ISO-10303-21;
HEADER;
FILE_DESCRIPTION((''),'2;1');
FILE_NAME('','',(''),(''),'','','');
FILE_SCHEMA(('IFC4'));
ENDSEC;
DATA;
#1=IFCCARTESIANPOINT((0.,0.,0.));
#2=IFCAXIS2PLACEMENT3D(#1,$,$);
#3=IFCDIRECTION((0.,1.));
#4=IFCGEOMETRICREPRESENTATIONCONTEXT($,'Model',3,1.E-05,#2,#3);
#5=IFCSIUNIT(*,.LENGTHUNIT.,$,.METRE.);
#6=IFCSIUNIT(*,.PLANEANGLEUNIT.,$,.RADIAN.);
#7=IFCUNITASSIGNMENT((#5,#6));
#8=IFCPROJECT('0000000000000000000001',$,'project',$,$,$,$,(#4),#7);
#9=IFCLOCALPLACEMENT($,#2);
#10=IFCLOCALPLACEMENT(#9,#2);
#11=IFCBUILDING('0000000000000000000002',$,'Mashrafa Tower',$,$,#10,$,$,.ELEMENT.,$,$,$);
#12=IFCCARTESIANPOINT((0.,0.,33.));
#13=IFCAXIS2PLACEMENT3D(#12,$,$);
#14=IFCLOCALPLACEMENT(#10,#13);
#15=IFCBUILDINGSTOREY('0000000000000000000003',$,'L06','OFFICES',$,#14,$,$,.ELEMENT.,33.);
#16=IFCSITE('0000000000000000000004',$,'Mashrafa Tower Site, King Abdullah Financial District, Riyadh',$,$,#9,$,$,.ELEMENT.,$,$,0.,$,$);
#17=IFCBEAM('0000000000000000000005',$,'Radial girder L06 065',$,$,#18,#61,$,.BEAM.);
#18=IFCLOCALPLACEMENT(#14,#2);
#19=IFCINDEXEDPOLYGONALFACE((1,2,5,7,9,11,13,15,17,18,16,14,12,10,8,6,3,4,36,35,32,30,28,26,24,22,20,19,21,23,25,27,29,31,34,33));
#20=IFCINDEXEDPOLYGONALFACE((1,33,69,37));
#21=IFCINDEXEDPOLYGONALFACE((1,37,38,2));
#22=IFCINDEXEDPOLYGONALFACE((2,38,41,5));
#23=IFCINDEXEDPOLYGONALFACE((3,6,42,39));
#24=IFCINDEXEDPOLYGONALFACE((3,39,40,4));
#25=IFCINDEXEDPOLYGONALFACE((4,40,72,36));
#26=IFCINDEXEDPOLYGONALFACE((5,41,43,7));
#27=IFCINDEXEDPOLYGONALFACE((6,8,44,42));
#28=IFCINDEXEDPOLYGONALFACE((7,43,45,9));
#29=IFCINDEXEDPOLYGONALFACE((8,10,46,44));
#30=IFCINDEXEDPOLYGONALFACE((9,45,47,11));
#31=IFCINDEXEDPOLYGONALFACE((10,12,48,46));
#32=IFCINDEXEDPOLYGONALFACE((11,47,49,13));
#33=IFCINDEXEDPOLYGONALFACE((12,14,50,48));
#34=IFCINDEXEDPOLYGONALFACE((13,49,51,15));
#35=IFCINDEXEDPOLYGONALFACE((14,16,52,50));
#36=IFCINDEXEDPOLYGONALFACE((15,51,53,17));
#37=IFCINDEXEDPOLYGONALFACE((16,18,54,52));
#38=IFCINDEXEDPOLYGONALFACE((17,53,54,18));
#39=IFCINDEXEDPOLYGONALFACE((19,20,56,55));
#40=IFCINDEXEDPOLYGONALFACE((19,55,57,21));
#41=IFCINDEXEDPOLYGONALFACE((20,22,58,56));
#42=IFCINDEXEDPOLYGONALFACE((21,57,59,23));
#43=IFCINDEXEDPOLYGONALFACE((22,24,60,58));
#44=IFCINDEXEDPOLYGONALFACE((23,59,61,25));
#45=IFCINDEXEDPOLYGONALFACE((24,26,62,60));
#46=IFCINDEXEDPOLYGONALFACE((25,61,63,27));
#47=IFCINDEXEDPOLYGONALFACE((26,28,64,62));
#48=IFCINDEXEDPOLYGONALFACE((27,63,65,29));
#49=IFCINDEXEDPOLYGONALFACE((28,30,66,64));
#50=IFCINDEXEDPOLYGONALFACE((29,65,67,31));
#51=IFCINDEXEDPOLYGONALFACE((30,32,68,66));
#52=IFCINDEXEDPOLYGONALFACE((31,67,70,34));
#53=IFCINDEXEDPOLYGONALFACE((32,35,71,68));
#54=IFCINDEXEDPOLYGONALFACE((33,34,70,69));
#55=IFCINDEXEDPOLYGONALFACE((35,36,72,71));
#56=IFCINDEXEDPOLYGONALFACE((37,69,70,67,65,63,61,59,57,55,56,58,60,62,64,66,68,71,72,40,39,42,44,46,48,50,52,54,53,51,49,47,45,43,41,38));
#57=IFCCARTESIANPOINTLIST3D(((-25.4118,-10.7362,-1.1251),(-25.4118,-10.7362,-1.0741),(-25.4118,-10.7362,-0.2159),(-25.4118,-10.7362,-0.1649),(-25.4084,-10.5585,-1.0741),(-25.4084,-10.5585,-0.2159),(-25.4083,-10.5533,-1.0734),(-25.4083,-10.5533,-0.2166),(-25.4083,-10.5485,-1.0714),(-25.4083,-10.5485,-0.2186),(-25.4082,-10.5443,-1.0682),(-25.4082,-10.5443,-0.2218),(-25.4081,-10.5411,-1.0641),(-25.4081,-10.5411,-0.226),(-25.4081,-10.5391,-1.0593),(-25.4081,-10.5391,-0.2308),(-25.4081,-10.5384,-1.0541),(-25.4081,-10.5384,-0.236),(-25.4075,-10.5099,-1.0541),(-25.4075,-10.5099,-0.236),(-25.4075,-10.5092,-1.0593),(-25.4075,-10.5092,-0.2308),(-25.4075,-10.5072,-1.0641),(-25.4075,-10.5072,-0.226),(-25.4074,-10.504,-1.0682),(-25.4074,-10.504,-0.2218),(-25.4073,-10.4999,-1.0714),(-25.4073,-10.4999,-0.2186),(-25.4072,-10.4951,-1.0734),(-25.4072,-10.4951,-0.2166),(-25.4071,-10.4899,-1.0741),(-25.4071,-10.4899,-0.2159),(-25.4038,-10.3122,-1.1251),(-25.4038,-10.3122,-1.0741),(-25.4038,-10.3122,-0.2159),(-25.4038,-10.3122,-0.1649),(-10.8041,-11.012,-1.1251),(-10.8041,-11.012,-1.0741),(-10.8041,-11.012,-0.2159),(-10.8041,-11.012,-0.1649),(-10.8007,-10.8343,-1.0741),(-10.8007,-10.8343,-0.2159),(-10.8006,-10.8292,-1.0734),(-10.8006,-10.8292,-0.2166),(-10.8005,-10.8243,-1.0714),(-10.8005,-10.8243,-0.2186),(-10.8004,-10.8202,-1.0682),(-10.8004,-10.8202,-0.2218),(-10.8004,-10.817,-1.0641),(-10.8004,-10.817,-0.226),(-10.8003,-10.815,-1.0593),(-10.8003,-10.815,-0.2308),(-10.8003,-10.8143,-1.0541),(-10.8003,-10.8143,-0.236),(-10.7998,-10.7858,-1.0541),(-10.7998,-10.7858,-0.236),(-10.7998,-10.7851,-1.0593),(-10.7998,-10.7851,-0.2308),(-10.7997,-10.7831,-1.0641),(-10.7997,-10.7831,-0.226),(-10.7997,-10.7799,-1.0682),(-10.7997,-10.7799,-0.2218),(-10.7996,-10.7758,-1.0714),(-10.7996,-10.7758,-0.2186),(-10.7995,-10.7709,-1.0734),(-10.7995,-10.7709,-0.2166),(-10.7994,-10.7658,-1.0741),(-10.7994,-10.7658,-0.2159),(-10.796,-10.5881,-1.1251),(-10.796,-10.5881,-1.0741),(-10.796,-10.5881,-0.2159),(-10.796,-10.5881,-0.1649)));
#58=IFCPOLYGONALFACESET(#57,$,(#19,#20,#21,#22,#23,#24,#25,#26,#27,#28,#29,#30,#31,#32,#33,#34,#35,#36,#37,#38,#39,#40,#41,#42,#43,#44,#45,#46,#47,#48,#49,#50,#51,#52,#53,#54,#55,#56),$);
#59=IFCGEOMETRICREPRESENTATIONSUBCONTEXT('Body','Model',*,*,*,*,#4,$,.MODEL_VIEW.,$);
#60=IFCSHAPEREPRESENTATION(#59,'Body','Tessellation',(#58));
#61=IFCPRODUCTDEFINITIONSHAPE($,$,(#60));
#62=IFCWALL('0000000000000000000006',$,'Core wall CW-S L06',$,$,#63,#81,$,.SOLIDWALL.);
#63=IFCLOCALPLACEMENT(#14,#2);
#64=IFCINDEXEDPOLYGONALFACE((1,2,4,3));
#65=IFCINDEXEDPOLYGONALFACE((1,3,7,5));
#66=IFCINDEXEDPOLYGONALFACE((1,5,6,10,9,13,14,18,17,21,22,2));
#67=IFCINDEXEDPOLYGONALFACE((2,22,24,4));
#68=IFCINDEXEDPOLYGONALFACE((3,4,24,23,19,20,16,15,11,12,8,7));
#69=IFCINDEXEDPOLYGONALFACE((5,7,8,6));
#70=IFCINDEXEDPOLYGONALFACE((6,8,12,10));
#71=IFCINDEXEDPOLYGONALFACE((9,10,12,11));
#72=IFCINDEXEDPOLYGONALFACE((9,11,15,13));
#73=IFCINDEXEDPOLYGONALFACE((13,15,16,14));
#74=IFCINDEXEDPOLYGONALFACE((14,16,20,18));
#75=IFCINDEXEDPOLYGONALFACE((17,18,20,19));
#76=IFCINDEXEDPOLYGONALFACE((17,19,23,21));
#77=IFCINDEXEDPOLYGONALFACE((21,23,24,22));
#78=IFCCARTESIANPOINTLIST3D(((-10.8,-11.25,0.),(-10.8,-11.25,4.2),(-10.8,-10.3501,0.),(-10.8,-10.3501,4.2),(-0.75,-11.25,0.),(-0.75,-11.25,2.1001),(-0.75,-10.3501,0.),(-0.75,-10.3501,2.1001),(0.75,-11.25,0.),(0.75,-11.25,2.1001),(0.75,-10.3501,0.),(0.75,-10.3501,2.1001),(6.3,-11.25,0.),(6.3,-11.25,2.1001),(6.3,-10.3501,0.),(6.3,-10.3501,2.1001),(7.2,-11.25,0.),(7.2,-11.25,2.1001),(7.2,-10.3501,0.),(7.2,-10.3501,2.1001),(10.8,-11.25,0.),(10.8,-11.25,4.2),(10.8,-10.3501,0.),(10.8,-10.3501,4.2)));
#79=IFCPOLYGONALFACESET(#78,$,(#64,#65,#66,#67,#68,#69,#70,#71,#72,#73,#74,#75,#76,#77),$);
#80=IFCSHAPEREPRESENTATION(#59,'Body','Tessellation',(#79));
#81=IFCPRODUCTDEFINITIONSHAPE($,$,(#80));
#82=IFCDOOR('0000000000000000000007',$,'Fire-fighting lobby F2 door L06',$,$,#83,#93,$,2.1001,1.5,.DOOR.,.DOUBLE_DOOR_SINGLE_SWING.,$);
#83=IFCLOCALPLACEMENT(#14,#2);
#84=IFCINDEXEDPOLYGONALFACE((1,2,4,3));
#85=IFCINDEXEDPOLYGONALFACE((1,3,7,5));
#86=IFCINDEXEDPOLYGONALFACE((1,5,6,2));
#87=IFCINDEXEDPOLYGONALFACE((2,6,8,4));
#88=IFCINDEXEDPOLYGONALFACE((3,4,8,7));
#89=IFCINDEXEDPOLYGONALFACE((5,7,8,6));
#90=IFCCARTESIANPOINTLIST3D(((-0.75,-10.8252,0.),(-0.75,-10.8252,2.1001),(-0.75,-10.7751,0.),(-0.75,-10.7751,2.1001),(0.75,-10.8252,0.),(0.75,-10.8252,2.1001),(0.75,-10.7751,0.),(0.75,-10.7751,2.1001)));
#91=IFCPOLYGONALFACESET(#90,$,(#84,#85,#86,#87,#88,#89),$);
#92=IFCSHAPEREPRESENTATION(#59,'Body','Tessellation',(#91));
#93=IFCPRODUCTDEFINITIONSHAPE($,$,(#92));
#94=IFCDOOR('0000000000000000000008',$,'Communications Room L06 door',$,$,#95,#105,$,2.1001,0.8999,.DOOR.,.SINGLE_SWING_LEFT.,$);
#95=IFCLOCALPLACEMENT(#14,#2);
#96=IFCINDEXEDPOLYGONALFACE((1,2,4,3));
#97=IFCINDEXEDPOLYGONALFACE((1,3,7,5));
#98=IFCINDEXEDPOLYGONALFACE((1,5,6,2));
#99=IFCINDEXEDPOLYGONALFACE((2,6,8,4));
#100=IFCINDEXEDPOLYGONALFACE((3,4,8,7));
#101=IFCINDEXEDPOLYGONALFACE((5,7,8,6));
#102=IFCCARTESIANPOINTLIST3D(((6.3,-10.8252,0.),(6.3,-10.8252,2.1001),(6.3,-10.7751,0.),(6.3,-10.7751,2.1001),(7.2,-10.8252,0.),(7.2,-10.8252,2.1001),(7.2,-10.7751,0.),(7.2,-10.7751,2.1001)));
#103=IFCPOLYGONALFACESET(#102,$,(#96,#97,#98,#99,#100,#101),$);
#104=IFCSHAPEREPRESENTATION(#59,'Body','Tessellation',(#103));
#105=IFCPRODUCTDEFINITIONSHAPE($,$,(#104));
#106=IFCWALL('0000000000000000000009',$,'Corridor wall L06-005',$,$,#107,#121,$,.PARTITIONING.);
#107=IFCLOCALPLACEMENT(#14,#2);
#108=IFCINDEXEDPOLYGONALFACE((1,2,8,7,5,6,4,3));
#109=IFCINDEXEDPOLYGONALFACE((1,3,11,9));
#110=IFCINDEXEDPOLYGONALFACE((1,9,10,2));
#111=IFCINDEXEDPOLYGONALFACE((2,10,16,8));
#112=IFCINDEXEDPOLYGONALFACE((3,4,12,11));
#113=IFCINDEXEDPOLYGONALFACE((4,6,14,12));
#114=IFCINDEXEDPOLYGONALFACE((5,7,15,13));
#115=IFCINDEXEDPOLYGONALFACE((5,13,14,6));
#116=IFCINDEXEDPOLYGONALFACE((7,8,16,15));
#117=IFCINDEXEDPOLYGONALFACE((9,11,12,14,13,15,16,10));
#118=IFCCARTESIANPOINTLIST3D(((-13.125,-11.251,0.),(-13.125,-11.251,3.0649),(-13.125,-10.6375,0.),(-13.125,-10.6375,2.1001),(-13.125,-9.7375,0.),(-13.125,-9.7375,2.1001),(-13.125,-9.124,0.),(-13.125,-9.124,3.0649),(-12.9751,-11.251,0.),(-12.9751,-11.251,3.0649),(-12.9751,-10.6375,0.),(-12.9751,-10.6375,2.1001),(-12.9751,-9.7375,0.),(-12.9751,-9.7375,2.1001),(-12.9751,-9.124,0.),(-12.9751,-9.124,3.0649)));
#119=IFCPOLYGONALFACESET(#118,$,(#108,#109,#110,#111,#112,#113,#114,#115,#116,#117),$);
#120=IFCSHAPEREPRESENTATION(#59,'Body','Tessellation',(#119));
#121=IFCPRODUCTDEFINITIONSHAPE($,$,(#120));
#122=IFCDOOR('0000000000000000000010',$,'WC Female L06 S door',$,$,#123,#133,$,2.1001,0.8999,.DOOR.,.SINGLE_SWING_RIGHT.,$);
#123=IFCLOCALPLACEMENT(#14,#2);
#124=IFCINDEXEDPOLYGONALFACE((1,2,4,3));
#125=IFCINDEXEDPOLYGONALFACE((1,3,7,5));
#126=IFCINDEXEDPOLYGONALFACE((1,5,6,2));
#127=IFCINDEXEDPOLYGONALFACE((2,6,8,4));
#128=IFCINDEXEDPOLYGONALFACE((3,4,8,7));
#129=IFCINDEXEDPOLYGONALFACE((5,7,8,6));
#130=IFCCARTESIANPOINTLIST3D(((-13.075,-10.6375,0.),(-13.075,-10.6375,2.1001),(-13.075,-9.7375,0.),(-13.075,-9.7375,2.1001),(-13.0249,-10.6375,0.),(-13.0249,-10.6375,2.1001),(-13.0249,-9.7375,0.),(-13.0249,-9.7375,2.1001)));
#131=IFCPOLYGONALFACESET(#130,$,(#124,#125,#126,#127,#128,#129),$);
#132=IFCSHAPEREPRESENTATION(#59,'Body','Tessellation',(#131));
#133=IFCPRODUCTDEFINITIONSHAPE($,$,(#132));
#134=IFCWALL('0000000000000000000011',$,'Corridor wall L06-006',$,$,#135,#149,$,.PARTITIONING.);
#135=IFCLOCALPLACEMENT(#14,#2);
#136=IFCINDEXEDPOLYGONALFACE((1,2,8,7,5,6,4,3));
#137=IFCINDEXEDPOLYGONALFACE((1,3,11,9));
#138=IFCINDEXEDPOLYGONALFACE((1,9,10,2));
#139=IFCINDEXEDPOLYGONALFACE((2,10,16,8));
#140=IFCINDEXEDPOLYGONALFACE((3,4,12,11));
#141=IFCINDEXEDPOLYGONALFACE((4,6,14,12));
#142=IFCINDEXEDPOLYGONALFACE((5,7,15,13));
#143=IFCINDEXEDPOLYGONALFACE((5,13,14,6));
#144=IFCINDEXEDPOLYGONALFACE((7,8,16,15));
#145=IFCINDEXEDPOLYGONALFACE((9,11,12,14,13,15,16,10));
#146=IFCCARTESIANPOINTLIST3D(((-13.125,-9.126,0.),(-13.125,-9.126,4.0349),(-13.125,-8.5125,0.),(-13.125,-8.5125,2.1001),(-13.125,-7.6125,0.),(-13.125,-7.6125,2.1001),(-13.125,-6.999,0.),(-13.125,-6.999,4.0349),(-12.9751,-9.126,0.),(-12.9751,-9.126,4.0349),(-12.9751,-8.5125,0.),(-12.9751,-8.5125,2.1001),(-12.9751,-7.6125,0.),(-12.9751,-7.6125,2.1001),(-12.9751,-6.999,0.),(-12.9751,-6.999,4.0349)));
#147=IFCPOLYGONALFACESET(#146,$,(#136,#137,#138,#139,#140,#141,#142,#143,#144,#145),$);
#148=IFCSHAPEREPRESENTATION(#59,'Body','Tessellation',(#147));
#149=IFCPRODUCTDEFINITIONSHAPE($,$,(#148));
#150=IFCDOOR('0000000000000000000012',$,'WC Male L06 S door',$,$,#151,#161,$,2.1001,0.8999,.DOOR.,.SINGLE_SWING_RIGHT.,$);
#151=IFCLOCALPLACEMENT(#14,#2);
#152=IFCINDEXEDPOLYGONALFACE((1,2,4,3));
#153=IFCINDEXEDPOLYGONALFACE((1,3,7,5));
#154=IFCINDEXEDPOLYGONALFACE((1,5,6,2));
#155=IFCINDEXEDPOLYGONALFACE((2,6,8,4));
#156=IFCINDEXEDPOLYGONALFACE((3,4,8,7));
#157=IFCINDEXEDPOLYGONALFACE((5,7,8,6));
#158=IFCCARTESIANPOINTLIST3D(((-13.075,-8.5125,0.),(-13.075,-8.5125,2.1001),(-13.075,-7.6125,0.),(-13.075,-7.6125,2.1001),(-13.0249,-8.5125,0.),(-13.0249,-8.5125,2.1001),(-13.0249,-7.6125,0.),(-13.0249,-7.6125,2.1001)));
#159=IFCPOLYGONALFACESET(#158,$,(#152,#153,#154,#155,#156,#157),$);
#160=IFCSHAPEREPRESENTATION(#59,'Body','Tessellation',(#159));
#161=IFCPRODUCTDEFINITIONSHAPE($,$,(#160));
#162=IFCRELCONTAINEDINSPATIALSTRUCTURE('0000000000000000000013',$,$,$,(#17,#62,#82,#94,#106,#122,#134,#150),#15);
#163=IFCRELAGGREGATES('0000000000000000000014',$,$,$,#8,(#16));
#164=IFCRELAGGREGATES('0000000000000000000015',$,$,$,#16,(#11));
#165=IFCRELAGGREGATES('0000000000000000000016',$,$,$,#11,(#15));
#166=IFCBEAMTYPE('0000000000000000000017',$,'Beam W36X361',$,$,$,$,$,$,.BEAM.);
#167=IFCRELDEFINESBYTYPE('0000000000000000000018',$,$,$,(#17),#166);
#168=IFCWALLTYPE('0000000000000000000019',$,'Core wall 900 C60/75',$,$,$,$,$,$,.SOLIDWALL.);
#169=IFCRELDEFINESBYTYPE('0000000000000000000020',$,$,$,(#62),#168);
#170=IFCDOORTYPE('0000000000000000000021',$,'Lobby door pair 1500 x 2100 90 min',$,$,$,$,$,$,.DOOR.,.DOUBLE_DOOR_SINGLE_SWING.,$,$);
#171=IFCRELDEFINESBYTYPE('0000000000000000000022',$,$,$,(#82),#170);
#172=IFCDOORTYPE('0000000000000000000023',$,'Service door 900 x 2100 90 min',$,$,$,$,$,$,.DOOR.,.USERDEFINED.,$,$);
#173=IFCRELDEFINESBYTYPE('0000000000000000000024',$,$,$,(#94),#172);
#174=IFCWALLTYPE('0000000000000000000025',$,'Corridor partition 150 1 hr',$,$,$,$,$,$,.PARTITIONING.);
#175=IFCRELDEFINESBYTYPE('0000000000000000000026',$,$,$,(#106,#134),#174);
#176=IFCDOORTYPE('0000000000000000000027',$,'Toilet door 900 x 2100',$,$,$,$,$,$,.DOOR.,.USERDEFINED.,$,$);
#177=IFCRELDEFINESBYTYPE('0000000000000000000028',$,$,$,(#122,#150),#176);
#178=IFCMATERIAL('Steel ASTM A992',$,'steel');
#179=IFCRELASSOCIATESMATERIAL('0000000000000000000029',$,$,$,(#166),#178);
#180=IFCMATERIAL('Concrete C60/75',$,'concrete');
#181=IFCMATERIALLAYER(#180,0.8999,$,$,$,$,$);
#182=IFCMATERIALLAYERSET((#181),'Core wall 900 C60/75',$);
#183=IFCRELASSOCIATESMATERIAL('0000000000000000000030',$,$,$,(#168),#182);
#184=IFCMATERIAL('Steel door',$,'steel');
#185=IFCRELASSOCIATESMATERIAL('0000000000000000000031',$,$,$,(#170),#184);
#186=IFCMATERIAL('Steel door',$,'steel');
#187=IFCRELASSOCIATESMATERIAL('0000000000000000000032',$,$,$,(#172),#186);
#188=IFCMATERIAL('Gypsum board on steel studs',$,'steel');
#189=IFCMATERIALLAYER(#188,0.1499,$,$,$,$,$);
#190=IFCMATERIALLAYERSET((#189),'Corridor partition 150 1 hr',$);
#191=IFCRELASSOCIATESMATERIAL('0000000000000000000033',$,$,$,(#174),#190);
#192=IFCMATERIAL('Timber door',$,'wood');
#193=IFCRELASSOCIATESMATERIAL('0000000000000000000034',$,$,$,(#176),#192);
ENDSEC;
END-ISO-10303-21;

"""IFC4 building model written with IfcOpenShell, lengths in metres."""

from ifc_helpers import new_model, si_unit, direction, frame, frame_2d, origin, origin_2d, place, context, subcontext, project, spatial, rectangle, i_section, extrude, material, layer, layer_set, material_profile, profile_set, type_object, element, fill, save


model = new_model("IFC4")

# Units and contexts
model_context = context("Model", 3, precision=1e-05, world=origin(), true_north=direction((0.0, 1.0)))
body_context = subcontext(model_context, "Body", "Model", "MODEL_VIEW")
ifc_project = project(units=[si_unit("LENGTHUNIT", "METRE"), si_unit("PLANEANGLEUNIT", "RADIAN")], contexts=[model_context])

# Site, building, storey
site_placement = place(None, origin())
site = spatial("IfcSite", under=ifc_project, at=site_placement, Name="Mashrafa Tower Site, King Abdullah Financial District, Riyadh", CompositionType="ELEMENT", RefElevation=0.0)
building_placement = place(site_placement, origin())
building = spatial("IfcBuilding", under=site, at=building_placement, Name="Mashrafa Tower", CompositionType="ELEMENT")
storey_placement = place(building_placement, frame((0.0, 0.0, 33.0)))
storey = spatial("IfcBuildingStorey", under=building, at=storey_placement, Name="L06", Description="OFFICES", CompositionType="ELEMENT", Elevation=33.0)

# Beam
ifc_material_1 = material(Name="Steel ASTM A992", Category="steel")
ifc_material_profile_1 = material_profile(ifc_material_1, i_section(OverallWidth=0.4241, OverallDepth=0.9602, WebThickness=0.0286, FlangeThickness=0.051, FilletRadius=0.02, at=origin_2d()), Name="W36X361")
ifc_profile_set_1 = profile_set([ifc_material_profile_1], Name="Steel ASTM A992")
beam_type_1 = type_object("IfcBeamType", Name="Beam W36X361", PredefinedType="BEAM", material=ifc_profile_set_1)
beam_1_placement = place(storey_placement, frame((-10.8, -10.8, -0.645), z_axis=(-0.999822, 0.018883, 0.0), x_axis=(-0.018883, -0.999822, 0.0)))
element("IfcBeam", 1, at=beam_1_placement, inside=storey, type_object=beam_type_1, Name="Radial girder L06 065", PredefinedType="BEAM", context=body_context, shape_type="SweptSolid", body=[
    extrude(i_section(OverallWidth=0.4241, OverallDepth=0.9602, WebThickness=0.0286, FlangeThickness=0.051, FilletRadius=0.02, at=origin_2d()), origin(), (0.0, 0.0, 1.0), 14.6104),
])

# Wall, openings, doors
ifc_material_2 = material(Name="Concrete C60/75", Category="concrete")
ifc_layer_1 = layer(ifc_material_2, 0.8999)
ifc_layer_set_1 = layer_set([ifc_layer_1], Name="Core wall 900 C60/75")
wall_type_1 = type_object("IfcWallType", Name="Core wall 900 C60/75", PredefinedType="SOLIDWALL", material=ifc_layer_set_1)
wall_1_placement = place(storey_placement, frame((-10.8, -10.8, 0.0), z_axis=(0.0, 0.0, 1.0), x_axis=(1.0, 0.0, 0.0)))
wall_1 = element("IfcWall", 2, at=wall_1_placement, inside=storey, type_object=wall_type_1, Name="Core wall CW-S L06", PredefinedType="SOLIDWALL", context=body_context, shape_type="SweptSolid", body=[
    extrude(rectangle(XDim=21.6001, YDim=0.8999, at=frame_2d((10.8, 0.0))), origin(), (0.0, 0.0, 1.0), 4.2),
])
opening_1_placement = place(wall_1_placement, frame((10.05, 0.0, 0.0)))
opening_1 = element("IfcOpeningElement", 3, at=opening_1_placement, cuts=wall_1, PredefinedType="OPENING", context=body_context, shape_type="SweptSolid", body=[
    extrude(rectangle(XDim=1.5, YDim=2.1001, at=frame_2d((0.75, 1.05))), frame((0.0, 0.46, 0.0), z_axis=(0.0, -1.0, 0.0), x_axis=(1.0, 0.0, 0.0)), (0.0, 0.0, 1.0), 0.9199),
])
opening_2_placement = place(wall_1_placement, frame((17.1001, 0.0, 0.0)))
opening_2 = element("IfcOpeningElement", 4, at=opening_2_placement, cuts=wall_1, PredefinedType="OPENING", context=body_context, shape_type="SweptSolid", body=[
    extrude(rectangle(XDim=0.8999, YDim=2.1001, at=frame_2d((0.45, 1.05))), frame((0.0, 0.46, 0.0), z_axis=(0.0, -1.0, 0.0), x_axis=(1.0, 0.0, 0.0)), (0.0, 0.0, 1.0), 0.9199),
])
ifc_material_3 = material(Name="Steel door", Category="steel")
door_type_1 = type_object("IfcDoorType", Name="Lobby door pair 1500 x 2100 90 min", OperationType="DOUBLE_DOOR_SINGLE_SWING", PredefinedType="DOOR", material=ifc_material_3)
door_1_placement = place(opening_1_placement, origin())
door_1 = element("IfcDoor", 5, at=door_1_placement, inside=storey, type_object=door_type_1, Name="Fire-fighting lobby F2 door L06", OperationType="DOUBLE_DOOR_SINGLE_SWING", OverallHeight=2.1001, OverallWidth=1.5, PredefinedType="DOOR", context=body_context, shape_type="SweptSolid", body=[
    extrude(rectangle(XDim=1.5, YDim=2.1001, at=frame_2d((0.75, 1.05))), frame((0.0, 0.0249, 0.0), z_axis=(0.0, -1.0, 0.0), x_axis=(1.0, 0.0, 0.0)), (0.0, 0.0, 1.0), 0.05),
])
fill(opening_1, door_1)
ifc_material_4 = material(Name="Steel door", Category="steel")
door_type_2 = type_object("IfcDoorType", Name="Service door 900 x 2100 90 min", OperationType="USERDEFINED", PredefinedType="DOOR", material=ifc_material_4)
door_2_placement = place(opening_2_placement, origin())
door_2 = element("IfcDoor", 6, at=door_2_placement, inside=storey, type_object=door_type_2, Name="Communications Room L06 door", OperationType="SINGLE_SWING_LEFT", OverallHeight=2.1001, OverallWidth=0.8999, PredefinedType="DOOR", context=body_context, shape_type="SweptSolid", body=[
    extrude(rectangle(XDim=0.8999, YDim=2.1001, at=frame_2d((0.45, 1.05))), frame((0.0, 0.0249, 0.0), z_axis=(0.0, -1.0, 0.0), x_axis=(1.0, 0.0, 0.0)), (0.0, 0.0, 1.0), 0.05),
])
fill(opening_2, door_2)

# Walls, openings, doors
ifc_material_5 = material(Name="Gypsum board on steel studs", Category="steel")
ifc_layer_2 = layer(ifc_material_5, 0.1499)
ifc_layer_set_2 = layer_set([ifc_layer_2], Name="Corridor partition 150 1 hr")
wall_type_2 = type_object("IfcWallType", Name="Corridor partition 150 1 hr", PredefinedType="PARTITIONING", material=ifc_layer_set_2)
wall_2_placement = place(storey_placement, frame((-13.05, -9.124, 0.0), z_axis=(0.0, 0.0, 1.0), x_axis=(0.0, -1.0, 0.0)))
wall_2 = element("IfcWall", 7, at=wall_2_placement, inside=storey, type_object=wall_type_2, Name="Corridor wall L06-005", PredefinedType="PARTITIONING", context=body_context, shape_type="SweptSolid", body=[
    extrude(rectangle(XDim=2.127, YDim=0.1499, at=frame_2d((1.0635, 0.0))), origin(), (0.0, 0.0, 1.0), 3.0649),
])
opening_3_placement = place(wall_2_placement, frame((0.6135, 0.0, 0.0)))
opening_3 = element("IfcOpeningElement", 8, at=opening_3_placement, cuts=wall_2, PredefinedType="OPENING", context=body_context, shape_type="SweptSolid", body=[
    extrude(rectangle(XDim=0.8999, YDim=2.1001, at=frame_2d((0.45, 1.05))), frame((0.0, 0.085, 0.0), z_axis=(0.0, -1.0, 0.0), x_axis=(1.0, 0.0, 0.0)), (0.0, 0.0, 1.0), 0.1699),
])
ifc_material_6 = material(Name="Timber door", Category="wood")
door_type_3 = type_object("IfcDoorType", Name="Toilet door 900 x 2100", OperationType="USERDEFINED", PredefinedType="DOOR", material=ifc_material_6)
door_3_placement = place(opening_3_placement, frame((0.8999, 0.0, 0.0), z_axis=(0.0, 0.0, 1.0), x_axis=(-1.0, 0.0, 0.0)))
door_3 = element("IfcDoor", 9, at=door_3_placement, inside=storey, type_object=door_type_3, Name="WC Female L06 S door", OperationType="SINGLE_SWING_RIGHT", OverallHeight=2.1001, OverallWidth=0.8999, PredefinedType="DOOR", context=body_context, shape_type="SweptSolid", body=[
    extrude(rectangle(XDim=0.8999, YDim=2.1001, at=frame_2d((0.45, 1.05))), frame((0.0, 0.0249, 0.0), z_axis=(0.0, -1.0, 0.0), x_axis=(1.0, 0.0, 0.0)), (0.0, 0.0, 1.0), 0.05),
])
fill(opening_3, door_3)
wall_3_placement = place(storey_placement, frame((-13.05, -6.999, 0.0), z_axis=(0.0, 0.0, 1.0), x_axis=(0.0, -1.0, 0.0)))
wall_3 = element("IfcWall", 10, at=wall_3_placement, inside=storey, type_object=wall_type_2, Name="Corridor wall L06-006", PredefinedType="PARTITIONING", context=body_context, shape_type="SweptSolid", body=[
    extrude(rectangle(XDim=2.127, YDim=0.1499, at=frame_2d((1.0635, 0.0))), origin(), (0.0, 0.0, 1.0), 4.0349),
])
opening_4_placement = place(wall_3_placement, frame((0.6135, 0.0, 0.0)))
opening_4 = element("IfcOpeningElement", 11, at=opening_4_placement, cuts=wall_3, PredefinedType="OPENING", context=body_context, shape_type="SweptSolid", body=[
    extrude(rectangle(XDim=0.8999, YDim=2.1001, at=frame_2d((0.45, 1.05))), frame((0.0, 0.085, 0.0), z_axis=(0.0, -1.0, 0.0), x_axis=(1.0, 0.0, 0.0)), (0.0, 0.0, 1.0), 0.1699),
])
door_4_placement = place(opening_4_placement, frame((0.8999, 0.0, 0.0), z_axis=(0.0, 0.0, 1.0), x_axis=(-1.0, 0.0, 0.0)))
door_4 = element("IfcDoor", 12, at=door_4_placement, inside=storey, type_object=door_type_3, Name="WC Male L06 S door", OperationType="SINGLE_SWING_RIGHT", OverallHeight=2.1001, OverallWidth=0.8999, PredefinedType="DOOR", context=body_context, shape_type="SweptSolid", body=[
    extrude(rectangle(XDim=0.8999, YDim=2.1001, at=frame_2d((0.45, 1.05))), frame((0.0, 0.0249, 0.0), z_axis=(0.0, -1.0, 0.0), x_axis=(1.0, 0.0, 0.0)), (0.0, 0.0, 1.0), 0.05),
])
fill(opening_4, door_4)

save(model, "model.ifc")
